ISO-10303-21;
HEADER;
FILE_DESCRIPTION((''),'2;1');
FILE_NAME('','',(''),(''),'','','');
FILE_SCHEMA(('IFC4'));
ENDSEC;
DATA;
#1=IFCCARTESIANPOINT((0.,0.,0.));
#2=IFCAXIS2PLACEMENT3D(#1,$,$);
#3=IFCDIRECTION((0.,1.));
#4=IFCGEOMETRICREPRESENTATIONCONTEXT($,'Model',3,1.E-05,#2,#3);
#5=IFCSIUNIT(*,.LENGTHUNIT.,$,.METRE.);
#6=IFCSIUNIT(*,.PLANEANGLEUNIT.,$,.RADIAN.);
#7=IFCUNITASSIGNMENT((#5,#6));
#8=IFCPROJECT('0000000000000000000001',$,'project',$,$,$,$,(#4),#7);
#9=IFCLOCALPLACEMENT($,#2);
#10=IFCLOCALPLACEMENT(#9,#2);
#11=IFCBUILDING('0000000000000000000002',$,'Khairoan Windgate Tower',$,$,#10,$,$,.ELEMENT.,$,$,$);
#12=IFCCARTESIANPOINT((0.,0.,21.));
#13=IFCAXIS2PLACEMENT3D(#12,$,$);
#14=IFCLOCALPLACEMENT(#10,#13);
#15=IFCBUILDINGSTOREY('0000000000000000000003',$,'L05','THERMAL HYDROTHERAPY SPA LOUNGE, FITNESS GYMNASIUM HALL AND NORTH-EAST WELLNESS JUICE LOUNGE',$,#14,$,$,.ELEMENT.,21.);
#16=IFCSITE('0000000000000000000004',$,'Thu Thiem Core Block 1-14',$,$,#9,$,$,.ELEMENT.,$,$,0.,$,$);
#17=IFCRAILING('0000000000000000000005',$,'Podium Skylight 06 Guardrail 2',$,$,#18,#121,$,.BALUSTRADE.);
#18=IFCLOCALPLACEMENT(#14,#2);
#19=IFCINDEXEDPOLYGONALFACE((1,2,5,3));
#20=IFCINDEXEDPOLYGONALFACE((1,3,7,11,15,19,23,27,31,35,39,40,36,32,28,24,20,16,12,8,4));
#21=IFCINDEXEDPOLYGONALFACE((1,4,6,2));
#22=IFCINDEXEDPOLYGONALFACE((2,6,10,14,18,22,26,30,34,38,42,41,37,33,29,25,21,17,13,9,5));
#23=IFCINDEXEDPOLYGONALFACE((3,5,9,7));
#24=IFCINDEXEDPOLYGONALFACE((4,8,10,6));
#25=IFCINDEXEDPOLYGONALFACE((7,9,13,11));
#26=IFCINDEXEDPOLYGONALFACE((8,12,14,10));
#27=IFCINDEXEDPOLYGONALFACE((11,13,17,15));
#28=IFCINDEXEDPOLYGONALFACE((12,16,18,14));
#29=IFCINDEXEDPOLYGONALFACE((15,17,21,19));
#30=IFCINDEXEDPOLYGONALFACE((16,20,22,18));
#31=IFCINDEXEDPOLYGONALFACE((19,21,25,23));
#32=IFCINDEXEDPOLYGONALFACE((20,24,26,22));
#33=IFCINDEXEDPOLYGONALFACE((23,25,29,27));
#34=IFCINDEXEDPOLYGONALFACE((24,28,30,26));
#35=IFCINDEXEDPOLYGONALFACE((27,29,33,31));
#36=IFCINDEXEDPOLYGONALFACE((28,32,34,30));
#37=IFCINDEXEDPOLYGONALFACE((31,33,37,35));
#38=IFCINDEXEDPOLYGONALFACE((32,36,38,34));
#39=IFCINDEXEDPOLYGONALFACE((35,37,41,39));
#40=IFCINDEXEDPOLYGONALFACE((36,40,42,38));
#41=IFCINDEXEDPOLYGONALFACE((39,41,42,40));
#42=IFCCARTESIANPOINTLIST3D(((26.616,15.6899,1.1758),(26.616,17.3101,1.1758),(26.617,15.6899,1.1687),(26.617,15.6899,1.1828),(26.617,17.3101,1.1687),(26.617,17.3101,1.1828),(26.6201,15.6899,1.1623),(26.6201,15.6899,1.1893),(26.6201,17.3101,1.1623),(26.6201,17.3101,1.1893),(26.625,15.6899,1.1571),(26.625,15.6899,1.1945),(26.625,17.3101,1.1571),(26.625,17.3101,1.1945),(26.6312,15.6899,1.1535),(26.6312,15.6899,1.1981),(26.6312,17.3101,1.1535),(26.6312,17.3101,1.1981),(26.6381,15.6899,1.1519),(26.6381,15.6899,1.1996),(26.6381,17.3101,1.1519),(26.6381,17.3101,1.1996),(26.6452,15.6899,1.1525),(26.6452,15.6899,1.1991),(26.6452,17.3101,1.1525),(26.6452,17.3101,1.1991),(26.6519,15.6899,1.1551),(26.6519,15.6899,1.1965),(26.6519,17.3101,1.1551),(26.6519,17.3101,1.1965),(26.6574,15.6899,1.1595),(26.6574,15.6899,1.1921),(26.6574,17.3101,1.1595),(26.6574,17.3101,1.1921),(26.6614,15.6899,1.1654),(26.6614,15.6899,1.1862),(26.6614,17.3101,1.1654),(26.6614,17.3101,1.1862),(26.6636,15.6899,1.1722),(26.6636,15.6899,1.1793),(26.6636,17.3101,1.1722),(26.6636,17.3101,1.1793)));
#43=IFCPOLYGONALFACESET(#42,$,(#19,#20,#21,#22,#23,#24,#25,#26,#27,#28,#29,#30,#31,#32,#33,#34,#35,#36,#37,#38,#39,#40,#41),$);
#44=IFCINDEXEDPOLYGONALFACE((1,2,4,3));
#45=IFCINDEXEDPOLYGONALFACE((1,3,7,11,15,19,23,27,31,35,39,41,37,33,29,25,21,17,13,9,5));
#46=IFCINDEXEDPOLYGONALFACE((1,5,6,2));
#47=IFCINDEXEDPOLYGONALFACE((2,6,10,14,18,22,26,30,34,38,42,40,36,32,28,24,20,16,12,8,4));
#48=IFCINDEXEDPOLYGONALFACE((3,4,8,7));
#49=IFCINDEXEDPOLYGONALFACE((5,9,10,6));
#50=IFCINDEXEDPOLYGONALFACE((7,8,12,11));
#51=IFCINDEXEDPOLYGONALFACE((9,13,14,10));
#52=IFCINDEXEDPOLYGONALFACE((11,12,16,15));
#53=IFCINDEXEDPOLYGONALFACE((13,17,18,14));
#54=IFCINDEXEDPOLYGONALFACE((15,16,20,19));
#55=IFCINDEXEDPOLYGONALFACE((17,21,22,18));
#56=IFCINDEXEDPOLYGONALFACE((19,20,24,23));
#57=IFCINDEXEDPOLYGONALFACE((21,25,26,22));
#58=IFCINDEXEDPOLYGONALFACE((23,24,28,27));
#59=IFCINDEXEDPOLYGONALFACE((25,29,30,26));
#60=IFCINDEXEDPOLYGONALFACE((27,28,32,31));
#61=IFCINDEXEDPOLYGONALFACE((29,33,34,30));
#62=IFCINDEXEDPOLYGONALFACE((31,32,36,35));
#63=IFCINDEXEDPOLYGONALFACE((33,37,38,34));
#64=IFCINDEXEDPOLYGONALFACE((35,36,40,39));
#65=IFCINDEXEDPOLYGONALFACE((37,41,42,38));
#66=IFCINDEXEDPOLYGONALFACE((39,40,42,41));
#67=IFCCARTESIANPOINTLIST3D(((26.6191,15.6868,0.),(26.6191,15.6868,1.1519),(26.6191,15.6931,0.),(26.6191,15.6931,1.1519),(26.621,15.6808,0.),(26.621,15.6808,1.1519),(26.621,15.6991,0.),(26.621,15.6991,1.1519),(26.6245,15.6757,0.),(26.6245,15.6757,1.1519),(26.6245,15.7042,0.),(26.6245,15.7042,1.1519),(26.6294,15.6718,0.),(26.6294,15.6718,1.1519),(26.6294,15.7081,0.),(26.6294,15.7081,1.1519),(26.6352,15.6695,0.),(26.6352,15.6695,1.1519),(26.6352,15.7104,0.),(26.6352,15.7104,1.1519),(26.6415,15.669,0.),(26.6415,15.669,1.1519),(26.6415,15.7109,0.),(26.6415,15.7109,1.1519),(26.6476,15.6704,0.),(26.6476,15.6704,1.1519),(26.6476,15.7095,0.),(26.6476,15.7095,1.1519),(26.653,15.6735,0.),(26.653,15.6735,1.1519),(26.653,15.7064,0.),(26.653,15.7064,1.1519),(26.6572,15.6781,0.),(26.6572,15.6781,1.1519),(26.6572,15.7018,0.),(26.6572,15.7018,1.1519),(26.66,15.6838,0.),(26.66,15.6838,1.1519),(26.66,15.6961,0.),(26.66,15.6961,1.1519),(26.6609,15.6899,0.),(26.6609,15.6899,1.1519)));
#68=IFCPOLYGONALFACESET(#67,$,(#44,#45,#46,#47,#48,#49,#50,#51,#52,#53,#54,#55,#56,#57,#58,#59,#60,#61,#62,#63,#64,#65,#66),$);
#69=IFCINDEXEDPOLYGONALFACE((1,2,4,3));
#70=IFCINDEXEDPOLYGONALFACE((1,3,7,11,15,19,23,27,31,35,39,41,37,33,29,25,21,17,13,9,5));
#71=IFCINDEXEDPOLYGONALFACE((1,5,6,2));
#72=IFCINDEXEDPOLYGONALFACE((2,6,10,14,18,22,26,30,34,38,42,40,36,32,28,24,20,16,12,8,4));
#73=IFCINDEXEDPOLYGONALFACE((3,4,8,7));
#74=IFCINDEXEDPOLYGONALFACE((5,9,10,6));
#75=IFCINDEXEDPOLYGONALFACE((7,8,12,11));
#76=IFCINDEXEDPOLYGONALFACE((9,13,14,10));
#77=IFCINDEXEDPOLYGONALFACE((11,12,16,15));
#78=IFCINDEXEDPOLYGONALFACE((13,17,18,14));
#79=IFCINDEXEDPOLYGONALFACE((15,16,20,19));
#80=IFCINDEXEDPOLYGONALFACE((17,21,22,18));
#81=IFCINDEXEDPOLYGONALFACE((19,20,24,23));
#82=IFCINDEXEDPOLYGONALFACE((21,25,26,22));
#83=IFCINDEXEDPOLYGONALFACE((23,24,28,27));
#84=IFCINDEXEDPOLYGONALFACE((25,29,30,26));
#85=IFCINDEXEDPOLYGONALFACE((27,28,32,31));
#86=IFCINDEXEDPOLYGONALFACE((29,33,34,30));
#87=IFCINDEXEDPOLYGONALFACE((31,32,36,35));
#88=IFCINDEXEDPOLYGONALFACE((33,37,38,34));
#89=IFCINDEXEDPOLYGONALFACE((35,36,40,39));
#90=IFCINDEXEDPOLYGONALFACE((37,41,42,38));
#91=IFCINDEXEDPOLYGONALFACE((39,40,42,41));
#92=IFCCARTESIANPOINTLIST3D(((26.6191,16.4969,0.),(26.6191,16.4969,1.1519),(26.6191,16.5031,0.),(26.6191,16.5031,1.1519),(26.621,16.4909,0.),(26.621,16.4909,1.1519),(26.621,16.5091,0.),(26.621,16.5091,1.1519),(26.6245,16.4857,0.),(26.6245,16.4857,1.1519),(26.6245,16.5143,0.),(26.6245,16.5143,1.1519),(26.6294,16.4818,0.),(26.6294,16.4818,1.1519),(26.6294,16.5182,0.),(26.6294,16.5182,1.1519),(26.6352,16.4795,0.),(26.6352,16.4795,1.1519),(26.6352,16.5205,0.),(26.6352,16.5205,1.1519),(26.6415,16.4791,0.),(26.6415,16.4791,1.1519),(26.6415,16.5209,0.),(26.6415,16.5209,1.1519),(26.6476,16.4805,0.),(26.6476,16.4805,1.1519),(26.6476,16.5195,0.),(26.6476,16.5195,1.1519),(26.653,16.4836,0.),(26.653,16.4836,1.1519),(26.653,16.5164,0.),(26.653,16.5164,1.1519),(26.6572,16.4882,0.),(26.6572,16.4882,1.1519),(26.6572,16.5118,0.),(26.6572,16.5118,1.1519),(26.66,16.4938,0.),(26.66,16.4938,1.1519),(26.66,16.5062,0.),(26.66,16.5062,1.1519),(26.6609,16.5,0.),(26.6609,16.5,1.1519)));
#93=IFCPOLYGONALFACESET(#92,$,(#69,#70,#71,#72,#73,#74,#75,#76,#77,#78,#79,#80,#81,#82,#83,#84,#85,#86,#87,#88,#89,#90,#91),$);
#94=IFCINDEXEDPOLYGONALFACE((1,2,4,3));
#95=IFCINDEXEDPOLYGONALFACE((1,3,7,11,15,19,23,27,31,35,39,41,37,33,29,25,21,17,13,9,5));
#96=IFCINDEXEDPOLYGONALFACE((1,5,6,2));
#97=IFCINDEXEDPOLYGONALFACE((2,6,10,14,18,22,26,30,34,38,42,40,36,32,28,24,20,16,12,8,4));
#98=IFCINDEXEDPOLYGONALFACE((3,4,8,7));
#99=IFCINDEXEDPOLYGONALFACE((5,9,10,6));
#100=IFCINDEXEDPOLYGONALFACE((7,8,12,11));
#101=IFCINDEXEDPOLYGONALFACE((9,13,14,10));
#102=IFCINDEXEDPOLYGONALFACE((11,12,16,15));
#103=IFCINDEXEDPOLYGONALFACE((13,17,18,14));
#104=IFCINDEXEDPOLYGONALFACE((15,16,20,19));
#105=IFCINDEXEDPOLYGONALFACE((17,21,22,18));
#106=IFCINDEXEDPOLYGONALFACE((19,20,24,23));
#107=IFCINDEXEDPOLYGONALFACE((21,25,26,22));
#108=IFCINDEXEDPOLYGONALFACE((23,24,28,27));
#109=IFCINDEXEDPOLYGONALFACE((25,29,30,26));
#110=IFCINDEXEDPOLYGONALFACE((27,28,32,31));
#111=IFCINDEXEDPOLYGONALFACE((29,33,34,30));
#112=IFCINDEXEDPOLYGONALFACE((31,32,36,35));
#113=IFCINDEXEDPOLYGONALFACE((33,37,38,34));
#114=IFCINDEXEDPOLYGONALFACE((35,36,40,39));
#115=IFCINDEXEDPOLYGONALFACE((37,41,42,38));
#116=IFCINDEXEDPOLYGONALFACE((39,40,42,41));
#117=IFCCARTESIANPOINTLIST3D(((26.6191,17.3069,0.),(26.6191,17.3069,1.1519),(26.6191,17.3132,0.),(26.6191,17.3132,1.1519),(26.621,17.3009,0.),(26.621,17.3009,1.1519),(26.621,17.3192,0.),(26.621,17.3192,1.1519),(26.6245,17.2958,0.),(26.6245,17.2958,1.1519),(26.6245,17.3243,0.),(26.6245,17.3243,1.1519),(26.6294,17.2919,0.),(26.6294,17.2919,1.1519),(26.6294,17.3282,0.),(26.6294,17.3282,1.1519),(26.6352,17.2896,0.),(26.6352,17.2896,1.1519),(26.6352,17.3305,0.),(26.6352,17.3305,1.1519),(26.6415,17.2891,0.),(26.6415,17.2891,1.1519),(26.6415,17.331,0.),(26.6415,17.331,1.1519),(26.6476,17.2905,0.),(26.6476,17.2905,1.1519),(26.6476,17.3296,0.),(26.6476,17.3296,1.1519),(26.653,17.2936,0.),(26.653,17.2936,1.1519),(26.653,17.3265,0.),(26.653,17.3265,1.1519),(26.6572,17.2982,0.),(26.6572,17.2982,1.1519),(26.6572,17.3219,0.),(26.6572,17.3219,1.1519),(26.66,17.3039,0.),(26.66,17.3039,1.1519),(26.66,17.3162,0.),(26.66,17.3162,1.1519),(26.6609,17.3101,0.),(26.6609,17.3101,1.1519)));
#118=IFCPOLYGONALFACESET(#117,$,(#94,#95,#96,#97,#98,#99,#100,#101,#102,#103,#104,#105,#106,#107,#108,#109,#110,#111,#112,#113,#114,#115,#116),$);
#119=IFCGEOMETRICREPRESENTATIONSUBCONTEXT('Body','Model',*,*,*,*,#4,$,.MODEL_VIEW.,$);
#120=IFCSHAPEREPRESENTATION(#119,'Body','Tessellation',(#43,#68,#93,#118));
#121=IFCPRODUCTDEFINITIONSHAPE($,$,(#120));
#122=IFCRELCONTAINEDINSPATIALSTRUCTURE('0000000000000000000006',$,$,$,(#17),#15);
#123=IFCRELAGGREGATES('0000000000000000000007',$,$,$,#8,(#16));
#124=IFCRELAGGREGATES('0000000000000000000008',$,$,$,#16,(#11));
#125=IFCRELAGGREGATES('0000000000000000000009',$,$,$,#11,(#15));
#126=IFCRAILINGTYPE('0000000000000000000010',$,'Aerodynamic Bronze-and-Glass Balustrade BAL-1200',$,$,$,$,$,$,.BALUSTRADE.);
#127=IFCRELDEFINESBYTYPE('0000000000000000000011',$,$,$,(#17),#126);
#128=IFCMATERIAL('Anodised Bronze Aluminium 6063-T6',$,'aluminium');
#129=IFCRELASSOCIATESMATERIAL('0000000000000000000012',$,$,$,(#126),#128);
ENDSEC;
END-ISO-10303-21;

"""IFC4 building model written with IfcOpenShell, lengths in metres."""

from ifc_helpers import new_model, si_unit, direction, frame, origin, origin_2d, place, context, subcontext, project, spatial, circle, extrude, material, type_object, element, save


model = new_model("IFC4")

# Units and contexts
model_context = context("Model", 3, precision=1e-05, world=origin(), true_north=direction((0.0, 1.0)))
body_context = subcontext(model_context, "Body", "Model", "MODEL_VIEW")
ifc_project = project(units=[si_unit("LENGTHUNIT", "METRE"), si_unit("PLANEANGLEUNIT", "RADIAN")], contexts=[model_context])

# Site, building, storey
site_placement = place(None, origin())
site = spatial("IfcSite", under=ifc_project, at=site_placement, Name="Thu Thiem Core Block 1-14", CompositionType="ELEMENT", RefElevation=0.0)
building_placement = place(site_placement, origin())
building = spatial("IfcBuilding", under=site, at=building_placement, Name="Khairoan Windgate Tower", CompositionType="ELEMENT")
storey_placement = place(building_placement, frame((0.0, 0.0, 21.0)))
storey = spatial("IfcBuildingStorey", under=building, at=storey_placement, Name="L05", Description="THERMAL HYDROTHERAPY SPA LOUNGE, FITNESS GYMNASIUM HALL AND NORTH-EAST WELLNESS JUICE LOUNGE", CompositionType="ELEMENT", Elevation=21.0)

# Railing
ifc_material_1 = material(Name="Anodised Bronze Aluminium 6063-T6", Category="aluminium")
railing_type = type_object("IfcRailingType", Name="Aerodynamic Bronze-and-Glass Balustrade BAL-1200", PredefinedType="BALUSTRADE", material=ifc_material_1)
railing_1_placement = place(storey_placement, frame((26.6399, 15.6899, 0.0)))
element("IfcRailing", 1, at=railing_1_placement, inside=storey, type_object=railing_type, Name="Podium Skylight 06 Guardrail 2", PredefinedType="BALUSTRADE", context=body_context, shape_type="SweptSolid", body=[
    extrude(circle(Radius=0.0239, at=origin_2d()), frame((0.0, 0.0, 1.1758), z_axis=(0.0, 1.0, 0.0), x_axis=(-1.0, 0.0, 0.0)), (0.0, 0.0, 1.0), 1.6201),
    extrude(circle(Radius=0.021, at=origin_2d()), origin(), (0.0, 0.0, 1.0), 1.1519),
    extrude(circle(Radius=0.021, at=origin_2d()), frame((0.0, 0.8101, 0.0)), (0.0, 0.0, 1.0), 1.1519),
    extrude(circle(Radius=0.021, at=origin_2d()), frame((0.0, 1.6201, 0.0)), (0.0, 0.0, 1.0), 1.1519),
])

save(model, "model.ifc")
